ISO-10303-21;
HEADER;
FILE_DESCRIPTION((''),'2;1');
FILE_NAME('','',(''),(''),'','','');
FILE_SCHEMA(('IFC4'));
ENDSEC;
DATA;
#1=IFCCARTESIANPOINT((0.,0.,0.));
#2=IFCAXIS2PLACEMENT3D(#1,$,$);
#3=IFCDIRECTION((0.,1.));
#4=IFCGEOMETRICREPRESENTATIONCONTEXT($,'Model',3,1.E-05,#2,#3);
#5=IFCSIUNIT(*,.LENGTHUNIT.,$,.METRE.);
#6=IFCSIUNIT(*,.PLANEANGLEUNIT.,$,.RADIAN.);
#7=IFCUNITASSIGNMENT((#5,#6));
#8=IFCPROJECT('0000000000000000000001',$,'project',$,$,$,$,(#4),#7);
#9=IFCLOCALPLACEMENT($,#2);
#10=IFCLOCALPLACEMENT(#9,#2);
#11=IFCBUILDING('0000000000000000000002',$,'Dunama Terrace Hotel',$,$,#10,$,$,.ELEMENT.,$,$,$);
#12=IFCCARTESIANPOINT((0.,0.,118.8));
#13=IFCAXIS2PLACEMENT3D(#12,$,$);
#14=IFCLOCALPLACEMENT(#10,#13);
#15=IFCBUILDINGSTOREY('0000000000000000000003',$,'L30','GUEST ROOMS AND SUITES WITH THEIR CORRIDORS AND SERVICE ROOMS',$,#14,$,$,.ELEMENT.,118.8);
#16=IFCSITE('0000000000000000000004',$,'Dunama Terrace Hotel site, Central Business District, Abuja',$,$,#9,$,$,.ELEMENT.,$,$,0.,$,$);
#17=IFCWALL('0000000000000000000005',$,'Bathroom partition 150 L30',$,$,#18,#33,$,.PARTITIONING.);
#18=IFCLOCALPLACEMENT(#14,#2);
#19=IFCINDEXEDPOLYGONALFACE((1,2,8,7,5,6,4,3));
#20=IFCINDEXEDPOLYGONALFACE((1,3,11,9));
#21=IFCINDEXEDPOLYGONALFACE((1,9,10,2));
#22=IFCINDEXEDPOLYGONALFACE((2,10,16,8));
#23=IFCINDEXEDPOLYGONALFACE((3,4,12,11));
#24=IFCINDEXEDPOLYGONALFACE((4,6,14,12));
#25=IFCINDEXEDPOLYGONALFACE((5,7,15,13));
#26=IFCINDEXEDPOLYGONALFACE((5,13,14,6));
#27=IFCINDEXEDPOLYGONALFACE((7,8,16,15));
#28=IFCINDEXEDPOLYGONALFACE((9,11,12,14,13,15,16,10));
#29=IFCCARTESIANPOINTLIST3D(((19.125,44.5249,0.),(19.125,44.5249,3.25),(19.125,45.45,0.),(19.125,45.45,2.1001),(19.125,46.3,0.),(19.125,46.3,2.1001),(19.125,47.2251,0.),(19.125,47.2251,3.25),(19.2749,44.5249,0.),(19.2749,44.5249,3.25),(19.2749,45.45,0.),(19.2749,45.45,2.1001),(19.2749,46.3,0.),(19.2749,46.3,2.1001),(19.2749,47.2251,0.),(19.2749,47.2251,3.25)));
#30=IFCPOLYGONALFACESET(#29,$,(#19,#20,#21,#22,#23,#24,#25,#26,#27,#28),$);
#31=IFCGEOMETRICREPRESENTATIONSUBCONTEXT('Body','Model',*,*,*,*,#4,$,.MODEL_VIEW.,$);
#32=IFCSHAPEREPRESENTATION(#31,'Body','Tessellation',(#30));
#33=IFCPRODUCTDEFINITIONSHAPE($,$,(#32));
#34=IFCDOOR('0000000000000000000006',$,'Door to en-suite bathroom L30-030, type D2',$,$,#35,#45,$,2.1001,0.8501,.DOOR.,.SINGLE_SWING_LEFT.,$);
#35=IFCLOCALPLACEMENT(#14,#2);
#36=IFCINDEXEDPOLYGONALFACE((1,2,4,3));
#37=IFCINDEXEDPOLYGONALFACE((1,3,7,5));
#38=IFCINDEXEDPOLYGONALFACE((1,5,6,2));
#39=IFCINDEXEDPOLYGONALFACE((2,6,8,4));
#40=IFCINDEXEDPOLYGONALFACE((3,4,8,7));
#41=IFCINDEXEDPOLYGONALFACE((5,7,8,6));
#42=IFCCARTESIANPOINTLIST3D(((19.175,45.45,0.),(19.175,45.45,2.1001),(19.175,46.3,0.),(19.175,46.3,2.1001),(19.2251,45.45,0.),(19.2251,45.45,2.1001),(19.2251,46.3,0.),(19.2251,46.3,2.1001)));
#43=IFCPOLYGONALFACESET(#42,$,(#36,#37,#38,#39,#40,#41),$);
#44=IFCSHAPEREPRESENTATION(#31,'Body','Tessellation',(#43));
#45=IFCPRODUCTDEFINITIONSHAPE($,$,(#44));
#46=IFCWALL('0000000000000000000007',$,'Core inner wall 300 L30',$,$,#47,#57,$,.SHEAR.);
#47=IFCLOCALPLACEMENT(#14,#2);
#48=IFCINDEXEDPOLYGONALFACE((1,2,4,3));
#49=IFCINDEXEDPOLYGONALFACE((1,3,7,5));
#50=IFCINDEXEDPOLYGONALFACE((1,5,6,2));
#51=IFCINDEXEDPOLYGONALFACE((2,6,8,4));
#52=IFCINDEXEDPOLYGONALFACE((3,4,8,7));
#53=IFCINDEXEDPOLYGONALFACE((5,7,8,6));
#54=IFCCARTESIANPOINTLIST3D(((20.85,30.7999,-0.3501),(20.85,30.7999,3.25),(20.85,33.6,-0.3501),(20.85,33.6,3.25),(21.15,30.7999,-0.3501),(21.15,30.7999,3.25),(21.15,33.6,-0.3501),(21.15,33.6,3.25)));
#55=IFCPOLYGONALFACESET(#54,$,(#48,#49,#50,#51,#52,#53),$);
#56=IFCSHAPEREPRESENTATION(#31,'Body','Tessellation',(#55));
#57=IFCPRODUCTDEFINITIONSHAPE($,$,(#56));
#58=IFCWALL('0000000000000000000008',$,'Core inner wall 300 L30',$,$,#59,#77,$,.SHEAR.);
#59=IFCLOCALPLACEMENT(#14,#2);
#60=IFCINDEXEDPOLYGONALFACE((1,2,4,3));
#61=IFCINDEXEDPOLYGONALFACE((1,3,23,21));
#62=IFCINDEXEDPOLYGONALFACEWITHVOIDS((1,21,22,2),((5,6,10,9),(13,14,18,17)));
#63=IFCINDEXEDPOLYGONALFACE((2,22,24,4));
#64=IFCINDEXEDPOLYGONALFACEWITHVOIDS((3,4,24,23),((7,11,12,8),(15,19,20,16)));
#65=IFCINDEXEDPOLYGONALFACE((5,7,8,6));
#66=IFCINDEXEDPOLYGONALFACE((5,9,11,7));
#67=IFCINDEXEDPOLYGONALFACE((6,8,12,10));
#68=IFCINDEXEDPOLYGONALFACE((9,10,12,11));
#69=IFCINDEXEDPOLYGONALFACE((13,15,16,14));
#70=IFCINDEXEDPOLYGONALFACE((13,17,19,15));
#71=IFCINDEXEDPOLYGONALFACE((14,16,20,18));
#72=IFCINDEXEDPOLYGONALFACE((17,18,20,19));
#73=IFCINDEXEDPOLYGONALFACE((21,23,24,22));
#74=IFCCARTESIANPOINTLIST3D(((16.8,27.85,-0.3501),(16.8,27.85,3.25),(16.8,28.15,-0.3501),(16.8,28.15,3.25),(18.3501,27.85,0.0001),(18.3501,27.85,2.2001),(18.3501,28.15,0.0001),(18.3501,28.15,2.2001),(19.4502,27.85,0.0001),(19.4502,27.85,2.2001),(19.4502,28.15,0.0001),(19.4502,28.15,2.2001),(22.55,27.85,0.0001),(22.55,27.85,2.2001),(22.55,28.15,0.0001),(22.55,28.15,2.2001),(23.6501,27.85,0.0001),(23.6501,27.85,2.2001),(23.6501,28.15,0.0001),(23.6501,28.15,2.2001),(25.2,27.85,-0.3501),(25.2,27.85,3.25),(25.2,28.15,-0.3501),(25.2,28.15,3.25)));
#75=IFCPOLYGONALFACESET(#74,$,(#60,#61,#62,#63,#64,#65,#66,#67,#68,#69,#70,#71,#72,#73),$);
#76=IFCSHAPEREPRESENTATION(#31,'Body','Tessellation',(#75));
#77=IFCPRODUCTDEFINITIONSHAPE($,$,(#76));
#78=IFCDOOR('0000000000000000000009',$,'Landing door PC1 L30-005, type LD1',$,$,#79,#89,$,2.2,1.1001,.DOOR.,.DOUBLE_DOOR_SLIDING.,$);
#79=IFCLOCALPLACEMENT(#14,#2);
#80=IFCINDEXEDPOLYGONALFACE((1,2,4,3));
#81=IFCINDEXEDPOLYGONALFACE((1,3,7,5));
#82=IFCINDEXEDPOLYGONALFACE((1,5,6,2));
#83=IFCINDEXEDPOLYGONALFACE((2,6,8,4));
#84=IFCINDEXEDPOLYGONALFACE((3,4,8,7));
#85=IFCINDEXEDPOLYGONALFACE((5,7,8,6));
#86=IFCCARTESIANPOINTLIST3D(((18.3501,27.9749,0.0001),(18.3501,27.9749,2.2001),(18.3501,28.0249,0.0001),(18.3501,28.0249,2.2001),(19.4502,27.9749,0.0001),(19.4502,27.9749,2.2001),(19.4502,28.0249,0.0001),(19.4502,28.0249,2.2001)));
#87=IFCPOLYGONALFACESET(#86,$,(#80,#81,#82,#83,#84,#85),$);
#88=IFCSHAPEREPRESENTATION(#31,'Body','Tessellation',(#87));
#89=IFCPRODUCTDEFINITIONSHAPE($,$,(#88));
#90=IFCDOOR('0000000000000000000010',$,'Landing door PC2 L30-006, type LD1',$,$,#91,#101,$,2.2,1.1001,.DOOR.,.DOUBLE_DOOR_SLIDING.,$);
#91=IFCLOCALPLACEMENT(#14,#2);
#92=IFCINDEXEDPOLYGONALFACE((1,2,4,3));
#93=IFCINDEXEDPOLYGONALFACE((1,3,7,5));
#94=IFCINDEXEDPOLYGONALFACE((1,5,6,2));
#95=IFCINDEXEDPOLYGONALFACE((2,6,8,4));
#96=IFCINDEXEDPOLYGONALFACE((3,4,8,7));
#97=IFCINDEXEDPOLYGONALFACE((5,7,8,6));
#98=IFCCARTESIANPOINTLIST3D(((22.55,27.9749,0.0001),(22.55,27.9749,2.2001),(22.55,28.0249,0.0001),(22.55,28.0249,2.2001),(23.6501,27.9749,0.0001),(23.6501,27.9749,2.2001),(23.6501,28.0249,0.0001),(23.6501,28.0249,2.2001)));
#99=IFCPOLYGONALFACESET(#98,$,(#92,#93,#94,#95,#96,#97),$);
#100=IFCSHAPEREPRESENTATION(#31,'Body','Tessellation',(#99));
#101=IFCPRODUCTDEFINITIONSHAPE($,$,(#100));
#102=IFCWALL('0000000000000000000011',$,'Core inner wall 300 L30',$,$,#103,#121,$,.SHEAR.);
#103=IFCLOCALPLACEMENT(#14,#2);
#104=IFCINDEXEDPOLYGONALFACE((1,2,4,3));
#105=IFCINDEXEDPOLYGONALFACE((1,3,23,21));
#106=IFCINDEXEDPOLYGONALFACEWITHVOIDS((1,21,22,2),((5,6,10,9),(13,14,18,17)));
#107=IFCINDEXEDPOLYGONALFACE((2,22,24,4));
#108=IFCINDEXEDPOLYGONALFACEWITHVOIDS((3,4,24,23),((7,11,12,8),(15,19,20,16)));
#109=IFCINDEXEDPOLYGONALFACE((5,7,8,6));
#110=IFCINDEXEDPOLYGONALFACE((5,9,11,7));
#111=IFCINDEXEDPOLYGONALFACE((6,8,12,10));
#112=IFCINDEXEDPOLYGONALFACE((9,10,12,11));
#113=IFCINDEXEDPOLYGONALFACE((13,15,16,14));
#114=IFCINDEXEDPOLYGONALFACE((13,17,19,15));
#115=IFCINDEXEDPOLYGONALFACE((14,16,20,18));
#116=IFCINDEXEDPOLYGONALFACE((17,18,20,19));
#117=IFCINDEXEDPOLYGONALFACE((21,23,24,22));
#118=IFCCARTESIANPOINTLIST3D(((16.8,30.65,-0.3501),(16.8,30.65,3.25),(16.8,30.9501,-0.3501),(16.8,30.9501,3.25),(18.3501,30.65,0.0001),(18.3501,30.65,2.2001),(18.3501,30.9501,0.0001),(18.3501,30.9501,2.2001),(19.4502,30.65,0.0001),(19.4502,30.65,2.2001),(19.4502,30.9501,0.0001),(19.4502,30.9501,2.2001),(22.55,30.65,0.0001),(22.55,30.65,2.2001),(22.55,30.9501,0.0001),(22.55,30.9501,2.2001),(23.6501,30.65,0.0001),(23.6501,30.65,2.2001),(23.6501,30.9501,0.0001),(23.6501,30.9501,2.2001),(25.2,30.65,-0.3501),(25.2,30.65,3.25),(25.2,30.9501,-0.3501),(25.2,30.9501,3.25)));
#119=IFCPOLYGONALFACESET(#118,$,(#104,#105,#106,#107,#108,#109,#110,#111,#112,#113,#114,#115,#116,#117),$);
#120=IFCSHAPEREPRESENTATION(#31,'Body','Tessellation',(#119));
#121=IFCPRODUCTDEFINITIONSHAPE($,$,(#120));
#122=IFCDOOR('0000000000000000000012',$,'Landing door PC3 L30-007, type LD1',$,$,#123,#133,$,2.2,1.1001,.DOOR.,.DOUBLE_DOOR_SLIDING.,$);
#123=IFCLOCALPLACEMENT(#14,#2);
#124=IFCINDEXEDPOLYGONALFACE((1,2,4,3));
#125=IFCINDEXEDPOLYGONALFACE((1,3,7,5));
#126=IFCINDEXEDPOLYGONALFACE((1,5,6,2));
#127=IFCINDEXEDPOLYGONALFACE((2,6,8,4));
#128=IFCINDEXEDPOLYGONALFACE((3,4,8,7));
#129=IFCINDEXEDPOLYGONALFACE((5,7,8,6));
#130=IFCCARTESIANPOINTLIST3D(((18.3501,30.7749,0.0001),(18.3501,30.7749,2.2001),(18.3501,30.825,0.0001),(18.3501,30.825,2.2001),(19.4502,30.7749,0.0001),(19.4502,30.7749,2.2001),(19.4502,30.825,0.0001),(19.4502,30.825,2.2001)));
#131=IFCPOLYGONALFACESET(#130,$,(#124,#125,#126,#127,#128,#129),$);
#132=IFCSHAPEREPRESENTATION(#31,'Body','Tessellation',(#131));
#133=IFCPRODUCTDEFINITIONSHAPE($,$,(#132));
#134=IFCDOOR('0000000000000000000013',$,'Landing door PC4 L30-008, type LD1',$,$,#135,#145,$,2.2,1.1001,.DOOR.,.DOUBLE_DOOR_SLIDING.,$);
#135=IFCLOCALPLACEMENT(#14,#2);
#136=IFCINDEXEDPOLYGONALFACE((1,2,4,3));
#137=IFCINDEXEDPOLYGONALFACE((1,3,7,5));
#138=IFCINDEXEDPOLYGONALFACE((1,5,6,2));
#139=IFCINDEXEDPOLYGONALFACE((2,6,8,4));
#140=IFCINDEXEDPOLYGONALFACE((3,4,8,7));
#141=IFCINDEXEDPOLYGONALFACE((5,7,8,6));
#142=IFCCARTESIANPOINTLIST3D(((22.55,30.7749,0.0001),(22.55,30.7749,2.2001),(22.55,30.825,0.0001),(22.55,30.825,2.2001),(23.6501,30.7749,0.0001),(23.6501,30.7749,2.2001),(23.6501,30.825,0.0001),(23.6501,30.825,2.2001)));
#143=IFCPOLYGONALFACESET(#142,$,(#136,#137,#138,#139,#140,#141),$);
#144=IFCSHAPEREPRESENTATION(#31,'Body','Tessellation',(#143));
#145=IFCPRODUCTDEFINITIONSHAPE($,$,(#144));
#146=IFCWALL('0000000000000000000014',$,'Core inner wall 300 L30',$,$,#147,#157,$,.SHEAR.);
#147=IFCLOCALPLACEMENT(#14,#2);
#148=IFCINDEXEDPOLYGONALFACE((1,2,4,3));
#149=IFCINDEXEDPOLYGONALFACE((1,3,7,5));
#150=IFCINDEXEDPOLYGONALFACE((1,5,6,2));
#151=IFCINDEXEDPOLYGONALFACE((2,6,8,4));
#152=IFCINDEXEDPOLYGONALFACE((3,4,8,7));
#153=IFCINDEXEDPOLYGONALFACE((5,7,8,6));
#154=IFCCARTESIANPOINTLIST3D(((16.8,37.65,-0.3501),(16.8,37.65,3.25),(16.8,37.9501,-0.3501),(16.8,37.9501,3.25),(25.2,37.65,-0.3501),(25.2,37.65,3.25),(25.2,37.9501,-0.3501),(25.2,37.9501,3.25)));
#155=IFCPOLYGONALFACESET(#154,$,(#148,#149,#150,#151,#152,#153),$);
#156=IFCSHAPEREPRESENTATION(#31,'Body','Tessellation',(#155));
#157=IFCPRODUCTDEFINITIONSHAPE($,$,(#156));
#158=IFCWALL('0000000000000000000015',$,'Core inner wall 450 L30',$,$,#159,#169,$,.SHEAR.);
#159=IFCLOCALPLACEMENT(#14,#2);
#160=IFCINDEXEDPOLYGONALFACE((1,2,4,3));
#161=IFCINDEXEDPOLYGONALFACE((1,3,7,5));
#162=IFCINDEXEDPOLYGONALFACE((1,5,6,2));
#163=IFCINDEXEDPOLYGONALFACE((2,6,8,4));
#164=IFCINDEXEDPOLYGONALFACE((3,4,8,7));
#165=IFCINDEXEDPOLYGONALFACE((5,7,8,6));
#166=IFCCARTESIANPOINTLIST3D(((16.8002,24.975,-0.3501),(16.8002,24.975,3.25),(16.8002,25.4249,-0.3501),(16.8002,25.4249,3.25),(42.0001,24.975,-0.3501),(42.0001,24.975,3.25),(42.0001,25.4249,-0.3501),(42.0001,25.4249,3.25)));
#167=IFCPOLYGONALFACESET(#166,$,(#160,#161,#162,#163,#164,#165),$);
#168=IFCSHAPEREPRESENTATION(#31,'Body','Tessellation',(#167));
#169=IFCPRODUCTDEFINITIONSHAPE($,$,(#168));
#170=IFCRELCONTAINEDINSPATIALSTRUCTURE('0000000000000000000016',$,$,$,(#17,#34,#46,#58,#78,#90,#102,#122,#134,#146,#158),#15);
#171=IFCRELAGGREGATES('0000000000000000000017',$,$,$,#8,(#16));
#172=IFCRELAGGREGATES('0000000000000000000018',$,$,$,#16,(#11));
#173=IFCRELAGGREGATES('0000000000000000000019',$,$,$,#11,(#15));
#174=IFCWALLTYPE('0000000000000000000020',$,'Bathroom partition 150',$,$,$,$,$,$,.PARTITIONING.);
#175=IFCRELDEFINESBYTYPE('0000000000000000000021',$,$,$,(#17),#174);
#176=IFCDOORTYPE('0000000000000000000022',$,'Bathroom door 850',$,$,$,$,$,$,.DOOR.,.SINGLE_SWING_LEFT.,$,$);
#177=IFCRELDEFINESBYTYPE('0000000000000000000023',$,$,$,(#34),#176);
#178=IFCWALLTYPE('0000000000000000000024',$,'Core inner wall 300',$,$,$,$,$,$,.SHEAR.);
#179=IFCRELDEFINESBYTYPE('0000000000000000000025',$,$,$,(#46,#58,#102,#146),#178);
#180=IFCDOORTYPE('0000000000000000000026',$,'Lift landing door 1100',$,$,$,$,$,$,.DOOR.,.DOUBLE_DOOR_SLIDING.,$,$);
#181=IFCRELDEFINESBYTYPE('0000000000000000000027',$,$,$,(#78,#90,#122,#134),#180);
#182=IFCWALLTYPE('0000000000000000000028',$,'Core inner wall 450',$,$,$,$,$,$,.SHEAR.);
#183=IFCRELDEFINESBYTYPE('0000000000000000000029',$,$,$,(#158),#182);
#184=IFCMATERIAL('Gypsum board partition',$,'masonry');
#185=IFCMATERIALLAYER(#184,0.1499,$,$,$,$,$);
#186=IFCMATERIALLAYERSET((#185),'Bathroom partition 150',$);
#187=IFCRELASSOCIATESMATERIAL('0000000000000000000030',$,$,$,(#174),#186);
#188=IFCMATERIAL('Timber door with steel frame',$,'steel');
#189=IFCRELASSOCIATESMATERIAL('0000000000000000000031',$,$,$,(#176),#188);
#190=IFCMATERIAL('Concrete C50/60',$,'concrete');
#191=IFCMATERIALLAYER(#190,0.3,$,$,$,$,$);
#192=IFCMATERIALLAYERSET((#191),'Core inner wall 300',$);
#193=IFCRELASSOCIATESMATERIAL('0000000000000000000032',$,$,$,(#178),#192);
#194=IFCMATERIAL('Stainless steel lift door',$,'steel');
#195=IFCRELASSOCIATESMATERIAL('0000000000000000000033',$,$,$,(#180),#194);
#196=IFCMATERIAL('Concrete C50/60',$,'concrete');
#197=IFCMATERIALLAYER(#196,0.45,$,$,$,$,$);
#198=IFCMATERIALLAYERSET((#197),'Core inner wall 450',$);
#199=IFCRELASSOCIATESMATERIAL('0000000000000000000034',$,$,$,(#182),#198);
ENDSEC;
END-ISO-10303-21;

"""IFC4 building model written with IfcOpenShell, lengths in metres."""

from ifc_helpers import new_model, si_unit, direction, frame, frame_2d, origin, place, context, subcontext, project, spatial, rectangle, extrude, material, layer, layer_set, type_object, element, fill, save


model = new_model("IFC4")

# Units and contexts
model_context = context("Model", 3, precision=1e-05, world=origin(), true_north=direction((0.0, 1.0)))
body_context = subcontext(model_context, "Body", "Model", "MODEL_VIEW")
ifc_project = project(units=[si_unit("LENGTHUNIT", "METRE"), si_unit("PLANEANGLEUNIT", "RADIAN")], contexts=[model_context])

# Site, building, storey
site_placement = place(None, origin())
site = spatial("IfcSite", under=ifc_project, at=site_placement, Name="Dunama Terrace Hotel site, Central Business District, Abuja", CompositionType="ELEMENT", RefElevation=0.0)
building_placement = place(site_placement, origin())
building = spatial("IfcBuilding", under=site, at=building_placement, Name="Dunama Terrace Hotel", CompositionType="ELEMENT")
storey_placement = place(building_placement, frame((0.0, 0.0, 118.8)))
storey = spatial("IfcBuildingStorey", under=building, at=storey_placement, Name="L30", Description="GUEST ROOMS AND SUITES WITH THEIR CORRIDORS AND SERVICE ROOMS", CompositionType="ELEMENT", Elevation=118.8)

# Wall, opening, door
ifc_material_1 = material(Name="Gypsum board partition", Category="masonry")
ifc_layer_1 = layer(ifc_material_1, 0.1499)
ifc_layer_set_1 = layer_set([ifc_layer_1], Name="Bathroom partition 150")
wall_type_1 = type_object("IfcWallType", Name="Bathroom partition 150", PredefinedType="PARTITIONING", material=ifc_layer_set_1)
wall_1_placement = place(storey_placement, frame((19.2, 44.5249, 0.0), z_axis=(0.0, 0.0, 1.0), x_axis=(0.0, 1.0, 0.0)))
wall_1 = element("IfcWall", 1, at=wall_1_placement, inside=storey, type_object=wall_type_1, Name="Bathroom partition 150 L30", PredefinedType="PARTITIONING", context=body_context, shape_type="SweptSolid", body=[
    extrude(rectangle(XDim=2.7002, YDim=0.1499, at=frame_2d((1.3501, 0.0))), origin(), (0.0, 0.0, 1.0), 3.25),
])
opening_1_placement = place(wall_1_placement, frame((0.925, 0.0, 0.0)))
opening_1 = element("IfcOpeningElement", 2, at=opening_1_placement, cuts=wall_1, PredefinedType="OPENING", context=body_context, shape_type="SweptSolid", body=[
    extrude(rectangle(XDim=0.8501, YDim=2.1001, at=frame_2d((0.425, 1.05))), frame((0.0, 0.085, 0.0), z_axis=(0.0, -1.0, 0.0), x_axis=(1.0, 0.0, 0.0)), (0.0, 0.0, 1.0), 0.1699),
])
ifc_material_2 = material(Name="Timber door with steel frame", Category="steel")
door_type_1 = type_object("IfcDoorType", Name="Bathroom door 850", OperationType="SINGLE_SWING_LEFT", PredefinedType="DOOR", material=ifc_material_2)
door_1_placement = place(opening_1_placement, origin())
door_1 = element("IfcDoor", 3, at=door_1_placement, inside=storey, type_object=door_type_1, Name="Door to en-suite bathroom L30-030, type D2", OperationType="SINGLE_SWING_LEFT", OverallHeight=2.1001, OverallWidth=0.8501, PredefinedType="DOOR", context=body_context, shape_type="SweptSolid", body=[
    extrude(rectangle(XDim=0.8501, YDim=2.1001, at=frame_2d((0.425, 1.05))), frame((0.0, 0.0249, 0.0), z_axis=(0.0, -1.0, 0.0), x_axis=(1.0, 0.0, 0.0)), (0.0, 0.0, 1.0), 0.05),
])
fill(opening_1, door_1)

# Wall
ifc_material_3 = material(Name="Concrete C50/60", Category="concrete")
ifc_layer_2 = layer(ifc_material_3, 0.3)
ifc_layer_set_2 = layer_set([ifc_layer_2], Name="Core inner wall 300")
wall_type_2 = type_object("IfcWallType", Name="Core inner wall 300", PredefinedType="SHEAR", material=ifc_layer_set_2)
wall_2_placement = place(storey_placement, frame((21.0, 30.8, -0.3501), z_axis=(0.0, 0.0, 1.0), x_axis=(0.0, 1.0, 0.0)))
element("IfcWall", 4, at=wall_2_placement, inside=storey, type_object=wall_type_2, Name="Core inner wall 300 L30", PredefinedType="SHEAR", context=body_context, shape_type="SweptSolid", body=[
    extrude(rectangle(XDim=2.8, YDim=0.3, at=frame_2d((1.3999, 0.0))), origin(), (0.0, 0.0, 1.0), 3.6001),
])

# Walls, openings, doors
wall_3_placement = place(storey_placement, frame((16.8, 28.0, -0.3501), z_axis=(0.0, 0.0, 1.0), x_axis=(1.0, 0.0, 0.0)))
wall_3 = element("IfcWall", 5, at=wall_3_placement, inside=storey, type_object=wall_type_2, Name="Core inner wall 300 L30", PredefinedType="SHEAR", context=body_context, shape_type="SweptSolid", body=[
    extrude(rectangle(XDim=8.3999, YDim=0.3, at=frame_2d((4.2, 0.0))), origin(), (0.0, 0.0, 1.0), 3.6001),
])
opening_2_placement = place(wall_3_placement, frame((1.55, 0.0, 0.3501)))
opening_2 = element("IfcOpeningElement", 6, at=opening_2_placement, cuts=wall_3, PredefinedType="OPENING", context=body_context, shape_type="SweptSolid", body=[
    extrude(rectangle(XDim=1.1001, YDim=2.2, at=frame_2d((0.55, 1.1001))), frame((0.0, 0.1599, 0.0), z_axis=(0.0, -1.0, 0.0), x_axis=(1.0, 0.0, 0.0)), (0.0, 0.0, 1.0), 0.3201),
])
opening_3_placement = place(wall_3_placement, frame((5.75, 0.0, 0.3501)))
opening_3 = element("IfcOpeningElement", 7, at=opening_3_placement, cuts=wall_3, PredefinedType="OPENING", context=body_context, shape_type="SweptSolid", body=[
    extrude(rectangle(XDim=1.1001, YDim=2.2, at=frame_2d((0.55, 1.1001))), frame((0.0, 0.1599, 0.0), z_axis=(0.0, -1.0, 0.0), x_axis=(1.0, 0.0, 0.0)), (0.0, 0.0, 1.0), 0.3201),
])
ifc_material_4 = material(Name="Stainless steel lift door", Category="steel")
door_type_2 = type_object("IfcDoorType", Name="Lift landing door 1100", OperationType="DOUBLE_DOOR_SLIDING", PredefinedType="DOOR", material=ifc_material_4)
door_2_placement = place(opening_2_placement, origin())
door_2 = element("IfcDoor", 8, at=door_2_placement, inside=storey, type_object=door_type_2, Name="Landing door PC1 L30-005, type LD1", OperationType="DOUBLE_DOOR_SLIDING", OverallHeight=2.2, OverallWidth=1.1001, PredefinedType="DOOR", context=body_context, shape_type="SweptSolid", body=[
    extrude(rectangle(XDim=1.1001, YDim=2.2, at=frame_2d((0.55, 1.1001))), frame((0.0, 0.0249, 0.0), z_axis=(0.0, -1.0, 0.0), x_axis=(1.0, 0.0, 0.0)), (0.0, 0.0, 1.0), 0.05),
])
fill(opening_2, door_2)
door_3_placement = place(opening_3_placement, origin())
door_3 = element("IfcDoor", 9, at=door_3_placement, inside=storey, type_object=door_type_2, Name="Landing door PC2 L30-006, type LD1", OperationType="DOUBLE_DOOR_SLIDING", OverallHeight=2.2, OverallWidth=1.1001, PredefinedType="DOOR", context=body_context, shape_type="SweptSolid", body=[
    extrude(rectangle(XDim=1.1001, YDim=2.2, at=frame_2d((0.55, 1.1001))), frame((0.0, 0.0249, 0.0), z_axis=(0.0, -1.0, 0.0), x_axis=(1.0, 0.0, 0.0)), (0.0, 0.0, 1.0), 0.05),
])
fill(opening_3, door_3)
wall_4_placement = place(storey_placement, frame((16.8, 30.8, -0.3501), z_axis=(0.0, 0.0, 1.0), x_axis=(1.0, 0.0, 0.0)))
wall_4 = element("IfcWall", 10, at=wall_4_placement, inside=storey, type_object=wall_type_2, Name="Core inner wall 300 L30", PredefinedType="SHEAR", context=body_context, shape_type="SweptSolid", body=[
    extrude(rectangle(XDim=8.3999, YDim=0.3, at=frame_2d((4.2, 0.0))), origin(), (0.0, 0.0, 1.0), 3.6001),
])
opening_4_placement = place(wall_4_placement, frame((1.55, 0.0, 0.3501)))
opening_4 = element("IfcOpeningElement", 11, at=opening_4_placement, cuts=wall_4, PredefinedType="OPENING", context=body_context, shape_type="SweptSolid", body=[
    extrude(rectangle(XDim=1.1001, YDim=2.2, at=frame_2d((0.55, 1.1001))), frame((0.0, 0.1599, 0.0), z_axis=(0.0, -1.0, 0.0), x_axis=(1.0, 0.0, 0.0)), (0.0, 0.0, 1.0), 0.3201),
])
opening_5_placement = place(wall_4_placement, frame((5.75, 0.0, 0.3501)))
opening_5 = element("IfcOpeningElement", 12, at=opening_5_placement, cuts=wall_4, PredefinedType="OPENING", context=body_context, shape_type="SweptSolid", body=[
    extrude(rectangle(XDim=1.1001, YDim=2.2, at=frame_2d((0.55, 1.1001))), frame((0.0, 0.1599, 0.0), z_axis=(0.0, -1.0, 0.0), x_axis=(1.0, 0.0, 0.0)), (0.0, 0.0, 1.0), 0.3201),
])
door_4_placement = place(opening_4_placement, origin())
door_4 = element("IfcDoor", 13, at=door_4_placement, inside=storey, type_object=door_type_2, Name="Landing door PC3 L30-007, type LD1", OperationType="DOUBLE_DOOR_SLIDING", OverallHeight=2.2, OverallWidth=1.1001, PredefinedType="DOOR", context=body_context, shape_type="SweptSolid", body=[
    extrude(rectangle(XDim=1.1001, YDim=2.2, at=frame_2d((0.55, 1.1001))), frame((0.0, 0.0249, 0.0), z_axis=(0.0, -1.0, 0.0), x_axis=(1.0, 0.0, 0.0)), (0.0, 0.0, 1.0), 0.05),
])
fill(opening_4, door_4)
door_5_placement = place(opening_5_placement, origin())
door_5 = element("IfcDoor", 14, at=door_5_placement, inside=storey, type_object=door_type_2, Name="Landing door PC4 L30-008, type LD1", OperationType="DOUBLE_DOOR_SLIDING", OverallHeight=2.2, OverallWidth=1.1001, PredefinedType="DOOR", context=body_context, shape_type="SweptSolid", body=[
    extrude(rectangle(XDim=1.1001, YDim=2.2, at=frame_2d((0.55, 1.1001))), frame((0.0, 0.0249, 0.0), z_axis=(0.0, -1.0, 0.0), x_axis=(1.0, 0.0, 0.0)), (0.0, 0.0, 1.0), 0.05),
])
fill(opening_5, door_5)

# Walls
wall_5_placement = place(storey_placement, frame((16.8, 37.8, -0.3501), z_axis=(0.0, 0.0, 1.0), x_axis=(1.0, 0.0, 0.0)))
element("IfcWall", 15, at=wall_5_placement, inside=storey, type_object=wall_type_2, Name="Core inner wall 300 L30", PredefinedType="SHEAR", context=body_context, shape_type="SweptSolid", body=[
    extrude(rectangle(XDim=8.3999, YDim=0.3, at=frame_2d((4.2, 0.0))), origin(), (0.0, 0.0, 1.0), 3.6001),
])
ifc_material_5 = material(Name="Concrete C50/60", Category="concrete")
ifc_layer_3 = layer(ifc_material_5, 0.45)
ifc_layer_set_3 = layer_set([ifc_layer_3], Name="Core inner wall 450")
wall_type_3 = type_object("IfcWallType", Name="Core inner wall 450", PredefinedType="SHEAR", material=ifc_layer_set_3)
wall_6_placement = place(storey_placement, frame((16.8, 25.2, -0.3501), z_axis=(0.0, 0.0, 1.0), x_axis=(1.0, 0.0, 0.0)))
element("IfcWall", 16, at=wall_6_placement, inside=storey, type_object=wall_type_3, Name="Core inner wall 450 L30", PredefinedType="SHEAR", context=body_context, shape_type="SweptSolid", body=[
    extrude(rectangle(XDim=25.2, YDim=0.45, at=frame_2d((12.6001, 0.0))), origin(), (0.0, 0.0, 1.0), 3.6001),
])

save(model, "model.ifc")
